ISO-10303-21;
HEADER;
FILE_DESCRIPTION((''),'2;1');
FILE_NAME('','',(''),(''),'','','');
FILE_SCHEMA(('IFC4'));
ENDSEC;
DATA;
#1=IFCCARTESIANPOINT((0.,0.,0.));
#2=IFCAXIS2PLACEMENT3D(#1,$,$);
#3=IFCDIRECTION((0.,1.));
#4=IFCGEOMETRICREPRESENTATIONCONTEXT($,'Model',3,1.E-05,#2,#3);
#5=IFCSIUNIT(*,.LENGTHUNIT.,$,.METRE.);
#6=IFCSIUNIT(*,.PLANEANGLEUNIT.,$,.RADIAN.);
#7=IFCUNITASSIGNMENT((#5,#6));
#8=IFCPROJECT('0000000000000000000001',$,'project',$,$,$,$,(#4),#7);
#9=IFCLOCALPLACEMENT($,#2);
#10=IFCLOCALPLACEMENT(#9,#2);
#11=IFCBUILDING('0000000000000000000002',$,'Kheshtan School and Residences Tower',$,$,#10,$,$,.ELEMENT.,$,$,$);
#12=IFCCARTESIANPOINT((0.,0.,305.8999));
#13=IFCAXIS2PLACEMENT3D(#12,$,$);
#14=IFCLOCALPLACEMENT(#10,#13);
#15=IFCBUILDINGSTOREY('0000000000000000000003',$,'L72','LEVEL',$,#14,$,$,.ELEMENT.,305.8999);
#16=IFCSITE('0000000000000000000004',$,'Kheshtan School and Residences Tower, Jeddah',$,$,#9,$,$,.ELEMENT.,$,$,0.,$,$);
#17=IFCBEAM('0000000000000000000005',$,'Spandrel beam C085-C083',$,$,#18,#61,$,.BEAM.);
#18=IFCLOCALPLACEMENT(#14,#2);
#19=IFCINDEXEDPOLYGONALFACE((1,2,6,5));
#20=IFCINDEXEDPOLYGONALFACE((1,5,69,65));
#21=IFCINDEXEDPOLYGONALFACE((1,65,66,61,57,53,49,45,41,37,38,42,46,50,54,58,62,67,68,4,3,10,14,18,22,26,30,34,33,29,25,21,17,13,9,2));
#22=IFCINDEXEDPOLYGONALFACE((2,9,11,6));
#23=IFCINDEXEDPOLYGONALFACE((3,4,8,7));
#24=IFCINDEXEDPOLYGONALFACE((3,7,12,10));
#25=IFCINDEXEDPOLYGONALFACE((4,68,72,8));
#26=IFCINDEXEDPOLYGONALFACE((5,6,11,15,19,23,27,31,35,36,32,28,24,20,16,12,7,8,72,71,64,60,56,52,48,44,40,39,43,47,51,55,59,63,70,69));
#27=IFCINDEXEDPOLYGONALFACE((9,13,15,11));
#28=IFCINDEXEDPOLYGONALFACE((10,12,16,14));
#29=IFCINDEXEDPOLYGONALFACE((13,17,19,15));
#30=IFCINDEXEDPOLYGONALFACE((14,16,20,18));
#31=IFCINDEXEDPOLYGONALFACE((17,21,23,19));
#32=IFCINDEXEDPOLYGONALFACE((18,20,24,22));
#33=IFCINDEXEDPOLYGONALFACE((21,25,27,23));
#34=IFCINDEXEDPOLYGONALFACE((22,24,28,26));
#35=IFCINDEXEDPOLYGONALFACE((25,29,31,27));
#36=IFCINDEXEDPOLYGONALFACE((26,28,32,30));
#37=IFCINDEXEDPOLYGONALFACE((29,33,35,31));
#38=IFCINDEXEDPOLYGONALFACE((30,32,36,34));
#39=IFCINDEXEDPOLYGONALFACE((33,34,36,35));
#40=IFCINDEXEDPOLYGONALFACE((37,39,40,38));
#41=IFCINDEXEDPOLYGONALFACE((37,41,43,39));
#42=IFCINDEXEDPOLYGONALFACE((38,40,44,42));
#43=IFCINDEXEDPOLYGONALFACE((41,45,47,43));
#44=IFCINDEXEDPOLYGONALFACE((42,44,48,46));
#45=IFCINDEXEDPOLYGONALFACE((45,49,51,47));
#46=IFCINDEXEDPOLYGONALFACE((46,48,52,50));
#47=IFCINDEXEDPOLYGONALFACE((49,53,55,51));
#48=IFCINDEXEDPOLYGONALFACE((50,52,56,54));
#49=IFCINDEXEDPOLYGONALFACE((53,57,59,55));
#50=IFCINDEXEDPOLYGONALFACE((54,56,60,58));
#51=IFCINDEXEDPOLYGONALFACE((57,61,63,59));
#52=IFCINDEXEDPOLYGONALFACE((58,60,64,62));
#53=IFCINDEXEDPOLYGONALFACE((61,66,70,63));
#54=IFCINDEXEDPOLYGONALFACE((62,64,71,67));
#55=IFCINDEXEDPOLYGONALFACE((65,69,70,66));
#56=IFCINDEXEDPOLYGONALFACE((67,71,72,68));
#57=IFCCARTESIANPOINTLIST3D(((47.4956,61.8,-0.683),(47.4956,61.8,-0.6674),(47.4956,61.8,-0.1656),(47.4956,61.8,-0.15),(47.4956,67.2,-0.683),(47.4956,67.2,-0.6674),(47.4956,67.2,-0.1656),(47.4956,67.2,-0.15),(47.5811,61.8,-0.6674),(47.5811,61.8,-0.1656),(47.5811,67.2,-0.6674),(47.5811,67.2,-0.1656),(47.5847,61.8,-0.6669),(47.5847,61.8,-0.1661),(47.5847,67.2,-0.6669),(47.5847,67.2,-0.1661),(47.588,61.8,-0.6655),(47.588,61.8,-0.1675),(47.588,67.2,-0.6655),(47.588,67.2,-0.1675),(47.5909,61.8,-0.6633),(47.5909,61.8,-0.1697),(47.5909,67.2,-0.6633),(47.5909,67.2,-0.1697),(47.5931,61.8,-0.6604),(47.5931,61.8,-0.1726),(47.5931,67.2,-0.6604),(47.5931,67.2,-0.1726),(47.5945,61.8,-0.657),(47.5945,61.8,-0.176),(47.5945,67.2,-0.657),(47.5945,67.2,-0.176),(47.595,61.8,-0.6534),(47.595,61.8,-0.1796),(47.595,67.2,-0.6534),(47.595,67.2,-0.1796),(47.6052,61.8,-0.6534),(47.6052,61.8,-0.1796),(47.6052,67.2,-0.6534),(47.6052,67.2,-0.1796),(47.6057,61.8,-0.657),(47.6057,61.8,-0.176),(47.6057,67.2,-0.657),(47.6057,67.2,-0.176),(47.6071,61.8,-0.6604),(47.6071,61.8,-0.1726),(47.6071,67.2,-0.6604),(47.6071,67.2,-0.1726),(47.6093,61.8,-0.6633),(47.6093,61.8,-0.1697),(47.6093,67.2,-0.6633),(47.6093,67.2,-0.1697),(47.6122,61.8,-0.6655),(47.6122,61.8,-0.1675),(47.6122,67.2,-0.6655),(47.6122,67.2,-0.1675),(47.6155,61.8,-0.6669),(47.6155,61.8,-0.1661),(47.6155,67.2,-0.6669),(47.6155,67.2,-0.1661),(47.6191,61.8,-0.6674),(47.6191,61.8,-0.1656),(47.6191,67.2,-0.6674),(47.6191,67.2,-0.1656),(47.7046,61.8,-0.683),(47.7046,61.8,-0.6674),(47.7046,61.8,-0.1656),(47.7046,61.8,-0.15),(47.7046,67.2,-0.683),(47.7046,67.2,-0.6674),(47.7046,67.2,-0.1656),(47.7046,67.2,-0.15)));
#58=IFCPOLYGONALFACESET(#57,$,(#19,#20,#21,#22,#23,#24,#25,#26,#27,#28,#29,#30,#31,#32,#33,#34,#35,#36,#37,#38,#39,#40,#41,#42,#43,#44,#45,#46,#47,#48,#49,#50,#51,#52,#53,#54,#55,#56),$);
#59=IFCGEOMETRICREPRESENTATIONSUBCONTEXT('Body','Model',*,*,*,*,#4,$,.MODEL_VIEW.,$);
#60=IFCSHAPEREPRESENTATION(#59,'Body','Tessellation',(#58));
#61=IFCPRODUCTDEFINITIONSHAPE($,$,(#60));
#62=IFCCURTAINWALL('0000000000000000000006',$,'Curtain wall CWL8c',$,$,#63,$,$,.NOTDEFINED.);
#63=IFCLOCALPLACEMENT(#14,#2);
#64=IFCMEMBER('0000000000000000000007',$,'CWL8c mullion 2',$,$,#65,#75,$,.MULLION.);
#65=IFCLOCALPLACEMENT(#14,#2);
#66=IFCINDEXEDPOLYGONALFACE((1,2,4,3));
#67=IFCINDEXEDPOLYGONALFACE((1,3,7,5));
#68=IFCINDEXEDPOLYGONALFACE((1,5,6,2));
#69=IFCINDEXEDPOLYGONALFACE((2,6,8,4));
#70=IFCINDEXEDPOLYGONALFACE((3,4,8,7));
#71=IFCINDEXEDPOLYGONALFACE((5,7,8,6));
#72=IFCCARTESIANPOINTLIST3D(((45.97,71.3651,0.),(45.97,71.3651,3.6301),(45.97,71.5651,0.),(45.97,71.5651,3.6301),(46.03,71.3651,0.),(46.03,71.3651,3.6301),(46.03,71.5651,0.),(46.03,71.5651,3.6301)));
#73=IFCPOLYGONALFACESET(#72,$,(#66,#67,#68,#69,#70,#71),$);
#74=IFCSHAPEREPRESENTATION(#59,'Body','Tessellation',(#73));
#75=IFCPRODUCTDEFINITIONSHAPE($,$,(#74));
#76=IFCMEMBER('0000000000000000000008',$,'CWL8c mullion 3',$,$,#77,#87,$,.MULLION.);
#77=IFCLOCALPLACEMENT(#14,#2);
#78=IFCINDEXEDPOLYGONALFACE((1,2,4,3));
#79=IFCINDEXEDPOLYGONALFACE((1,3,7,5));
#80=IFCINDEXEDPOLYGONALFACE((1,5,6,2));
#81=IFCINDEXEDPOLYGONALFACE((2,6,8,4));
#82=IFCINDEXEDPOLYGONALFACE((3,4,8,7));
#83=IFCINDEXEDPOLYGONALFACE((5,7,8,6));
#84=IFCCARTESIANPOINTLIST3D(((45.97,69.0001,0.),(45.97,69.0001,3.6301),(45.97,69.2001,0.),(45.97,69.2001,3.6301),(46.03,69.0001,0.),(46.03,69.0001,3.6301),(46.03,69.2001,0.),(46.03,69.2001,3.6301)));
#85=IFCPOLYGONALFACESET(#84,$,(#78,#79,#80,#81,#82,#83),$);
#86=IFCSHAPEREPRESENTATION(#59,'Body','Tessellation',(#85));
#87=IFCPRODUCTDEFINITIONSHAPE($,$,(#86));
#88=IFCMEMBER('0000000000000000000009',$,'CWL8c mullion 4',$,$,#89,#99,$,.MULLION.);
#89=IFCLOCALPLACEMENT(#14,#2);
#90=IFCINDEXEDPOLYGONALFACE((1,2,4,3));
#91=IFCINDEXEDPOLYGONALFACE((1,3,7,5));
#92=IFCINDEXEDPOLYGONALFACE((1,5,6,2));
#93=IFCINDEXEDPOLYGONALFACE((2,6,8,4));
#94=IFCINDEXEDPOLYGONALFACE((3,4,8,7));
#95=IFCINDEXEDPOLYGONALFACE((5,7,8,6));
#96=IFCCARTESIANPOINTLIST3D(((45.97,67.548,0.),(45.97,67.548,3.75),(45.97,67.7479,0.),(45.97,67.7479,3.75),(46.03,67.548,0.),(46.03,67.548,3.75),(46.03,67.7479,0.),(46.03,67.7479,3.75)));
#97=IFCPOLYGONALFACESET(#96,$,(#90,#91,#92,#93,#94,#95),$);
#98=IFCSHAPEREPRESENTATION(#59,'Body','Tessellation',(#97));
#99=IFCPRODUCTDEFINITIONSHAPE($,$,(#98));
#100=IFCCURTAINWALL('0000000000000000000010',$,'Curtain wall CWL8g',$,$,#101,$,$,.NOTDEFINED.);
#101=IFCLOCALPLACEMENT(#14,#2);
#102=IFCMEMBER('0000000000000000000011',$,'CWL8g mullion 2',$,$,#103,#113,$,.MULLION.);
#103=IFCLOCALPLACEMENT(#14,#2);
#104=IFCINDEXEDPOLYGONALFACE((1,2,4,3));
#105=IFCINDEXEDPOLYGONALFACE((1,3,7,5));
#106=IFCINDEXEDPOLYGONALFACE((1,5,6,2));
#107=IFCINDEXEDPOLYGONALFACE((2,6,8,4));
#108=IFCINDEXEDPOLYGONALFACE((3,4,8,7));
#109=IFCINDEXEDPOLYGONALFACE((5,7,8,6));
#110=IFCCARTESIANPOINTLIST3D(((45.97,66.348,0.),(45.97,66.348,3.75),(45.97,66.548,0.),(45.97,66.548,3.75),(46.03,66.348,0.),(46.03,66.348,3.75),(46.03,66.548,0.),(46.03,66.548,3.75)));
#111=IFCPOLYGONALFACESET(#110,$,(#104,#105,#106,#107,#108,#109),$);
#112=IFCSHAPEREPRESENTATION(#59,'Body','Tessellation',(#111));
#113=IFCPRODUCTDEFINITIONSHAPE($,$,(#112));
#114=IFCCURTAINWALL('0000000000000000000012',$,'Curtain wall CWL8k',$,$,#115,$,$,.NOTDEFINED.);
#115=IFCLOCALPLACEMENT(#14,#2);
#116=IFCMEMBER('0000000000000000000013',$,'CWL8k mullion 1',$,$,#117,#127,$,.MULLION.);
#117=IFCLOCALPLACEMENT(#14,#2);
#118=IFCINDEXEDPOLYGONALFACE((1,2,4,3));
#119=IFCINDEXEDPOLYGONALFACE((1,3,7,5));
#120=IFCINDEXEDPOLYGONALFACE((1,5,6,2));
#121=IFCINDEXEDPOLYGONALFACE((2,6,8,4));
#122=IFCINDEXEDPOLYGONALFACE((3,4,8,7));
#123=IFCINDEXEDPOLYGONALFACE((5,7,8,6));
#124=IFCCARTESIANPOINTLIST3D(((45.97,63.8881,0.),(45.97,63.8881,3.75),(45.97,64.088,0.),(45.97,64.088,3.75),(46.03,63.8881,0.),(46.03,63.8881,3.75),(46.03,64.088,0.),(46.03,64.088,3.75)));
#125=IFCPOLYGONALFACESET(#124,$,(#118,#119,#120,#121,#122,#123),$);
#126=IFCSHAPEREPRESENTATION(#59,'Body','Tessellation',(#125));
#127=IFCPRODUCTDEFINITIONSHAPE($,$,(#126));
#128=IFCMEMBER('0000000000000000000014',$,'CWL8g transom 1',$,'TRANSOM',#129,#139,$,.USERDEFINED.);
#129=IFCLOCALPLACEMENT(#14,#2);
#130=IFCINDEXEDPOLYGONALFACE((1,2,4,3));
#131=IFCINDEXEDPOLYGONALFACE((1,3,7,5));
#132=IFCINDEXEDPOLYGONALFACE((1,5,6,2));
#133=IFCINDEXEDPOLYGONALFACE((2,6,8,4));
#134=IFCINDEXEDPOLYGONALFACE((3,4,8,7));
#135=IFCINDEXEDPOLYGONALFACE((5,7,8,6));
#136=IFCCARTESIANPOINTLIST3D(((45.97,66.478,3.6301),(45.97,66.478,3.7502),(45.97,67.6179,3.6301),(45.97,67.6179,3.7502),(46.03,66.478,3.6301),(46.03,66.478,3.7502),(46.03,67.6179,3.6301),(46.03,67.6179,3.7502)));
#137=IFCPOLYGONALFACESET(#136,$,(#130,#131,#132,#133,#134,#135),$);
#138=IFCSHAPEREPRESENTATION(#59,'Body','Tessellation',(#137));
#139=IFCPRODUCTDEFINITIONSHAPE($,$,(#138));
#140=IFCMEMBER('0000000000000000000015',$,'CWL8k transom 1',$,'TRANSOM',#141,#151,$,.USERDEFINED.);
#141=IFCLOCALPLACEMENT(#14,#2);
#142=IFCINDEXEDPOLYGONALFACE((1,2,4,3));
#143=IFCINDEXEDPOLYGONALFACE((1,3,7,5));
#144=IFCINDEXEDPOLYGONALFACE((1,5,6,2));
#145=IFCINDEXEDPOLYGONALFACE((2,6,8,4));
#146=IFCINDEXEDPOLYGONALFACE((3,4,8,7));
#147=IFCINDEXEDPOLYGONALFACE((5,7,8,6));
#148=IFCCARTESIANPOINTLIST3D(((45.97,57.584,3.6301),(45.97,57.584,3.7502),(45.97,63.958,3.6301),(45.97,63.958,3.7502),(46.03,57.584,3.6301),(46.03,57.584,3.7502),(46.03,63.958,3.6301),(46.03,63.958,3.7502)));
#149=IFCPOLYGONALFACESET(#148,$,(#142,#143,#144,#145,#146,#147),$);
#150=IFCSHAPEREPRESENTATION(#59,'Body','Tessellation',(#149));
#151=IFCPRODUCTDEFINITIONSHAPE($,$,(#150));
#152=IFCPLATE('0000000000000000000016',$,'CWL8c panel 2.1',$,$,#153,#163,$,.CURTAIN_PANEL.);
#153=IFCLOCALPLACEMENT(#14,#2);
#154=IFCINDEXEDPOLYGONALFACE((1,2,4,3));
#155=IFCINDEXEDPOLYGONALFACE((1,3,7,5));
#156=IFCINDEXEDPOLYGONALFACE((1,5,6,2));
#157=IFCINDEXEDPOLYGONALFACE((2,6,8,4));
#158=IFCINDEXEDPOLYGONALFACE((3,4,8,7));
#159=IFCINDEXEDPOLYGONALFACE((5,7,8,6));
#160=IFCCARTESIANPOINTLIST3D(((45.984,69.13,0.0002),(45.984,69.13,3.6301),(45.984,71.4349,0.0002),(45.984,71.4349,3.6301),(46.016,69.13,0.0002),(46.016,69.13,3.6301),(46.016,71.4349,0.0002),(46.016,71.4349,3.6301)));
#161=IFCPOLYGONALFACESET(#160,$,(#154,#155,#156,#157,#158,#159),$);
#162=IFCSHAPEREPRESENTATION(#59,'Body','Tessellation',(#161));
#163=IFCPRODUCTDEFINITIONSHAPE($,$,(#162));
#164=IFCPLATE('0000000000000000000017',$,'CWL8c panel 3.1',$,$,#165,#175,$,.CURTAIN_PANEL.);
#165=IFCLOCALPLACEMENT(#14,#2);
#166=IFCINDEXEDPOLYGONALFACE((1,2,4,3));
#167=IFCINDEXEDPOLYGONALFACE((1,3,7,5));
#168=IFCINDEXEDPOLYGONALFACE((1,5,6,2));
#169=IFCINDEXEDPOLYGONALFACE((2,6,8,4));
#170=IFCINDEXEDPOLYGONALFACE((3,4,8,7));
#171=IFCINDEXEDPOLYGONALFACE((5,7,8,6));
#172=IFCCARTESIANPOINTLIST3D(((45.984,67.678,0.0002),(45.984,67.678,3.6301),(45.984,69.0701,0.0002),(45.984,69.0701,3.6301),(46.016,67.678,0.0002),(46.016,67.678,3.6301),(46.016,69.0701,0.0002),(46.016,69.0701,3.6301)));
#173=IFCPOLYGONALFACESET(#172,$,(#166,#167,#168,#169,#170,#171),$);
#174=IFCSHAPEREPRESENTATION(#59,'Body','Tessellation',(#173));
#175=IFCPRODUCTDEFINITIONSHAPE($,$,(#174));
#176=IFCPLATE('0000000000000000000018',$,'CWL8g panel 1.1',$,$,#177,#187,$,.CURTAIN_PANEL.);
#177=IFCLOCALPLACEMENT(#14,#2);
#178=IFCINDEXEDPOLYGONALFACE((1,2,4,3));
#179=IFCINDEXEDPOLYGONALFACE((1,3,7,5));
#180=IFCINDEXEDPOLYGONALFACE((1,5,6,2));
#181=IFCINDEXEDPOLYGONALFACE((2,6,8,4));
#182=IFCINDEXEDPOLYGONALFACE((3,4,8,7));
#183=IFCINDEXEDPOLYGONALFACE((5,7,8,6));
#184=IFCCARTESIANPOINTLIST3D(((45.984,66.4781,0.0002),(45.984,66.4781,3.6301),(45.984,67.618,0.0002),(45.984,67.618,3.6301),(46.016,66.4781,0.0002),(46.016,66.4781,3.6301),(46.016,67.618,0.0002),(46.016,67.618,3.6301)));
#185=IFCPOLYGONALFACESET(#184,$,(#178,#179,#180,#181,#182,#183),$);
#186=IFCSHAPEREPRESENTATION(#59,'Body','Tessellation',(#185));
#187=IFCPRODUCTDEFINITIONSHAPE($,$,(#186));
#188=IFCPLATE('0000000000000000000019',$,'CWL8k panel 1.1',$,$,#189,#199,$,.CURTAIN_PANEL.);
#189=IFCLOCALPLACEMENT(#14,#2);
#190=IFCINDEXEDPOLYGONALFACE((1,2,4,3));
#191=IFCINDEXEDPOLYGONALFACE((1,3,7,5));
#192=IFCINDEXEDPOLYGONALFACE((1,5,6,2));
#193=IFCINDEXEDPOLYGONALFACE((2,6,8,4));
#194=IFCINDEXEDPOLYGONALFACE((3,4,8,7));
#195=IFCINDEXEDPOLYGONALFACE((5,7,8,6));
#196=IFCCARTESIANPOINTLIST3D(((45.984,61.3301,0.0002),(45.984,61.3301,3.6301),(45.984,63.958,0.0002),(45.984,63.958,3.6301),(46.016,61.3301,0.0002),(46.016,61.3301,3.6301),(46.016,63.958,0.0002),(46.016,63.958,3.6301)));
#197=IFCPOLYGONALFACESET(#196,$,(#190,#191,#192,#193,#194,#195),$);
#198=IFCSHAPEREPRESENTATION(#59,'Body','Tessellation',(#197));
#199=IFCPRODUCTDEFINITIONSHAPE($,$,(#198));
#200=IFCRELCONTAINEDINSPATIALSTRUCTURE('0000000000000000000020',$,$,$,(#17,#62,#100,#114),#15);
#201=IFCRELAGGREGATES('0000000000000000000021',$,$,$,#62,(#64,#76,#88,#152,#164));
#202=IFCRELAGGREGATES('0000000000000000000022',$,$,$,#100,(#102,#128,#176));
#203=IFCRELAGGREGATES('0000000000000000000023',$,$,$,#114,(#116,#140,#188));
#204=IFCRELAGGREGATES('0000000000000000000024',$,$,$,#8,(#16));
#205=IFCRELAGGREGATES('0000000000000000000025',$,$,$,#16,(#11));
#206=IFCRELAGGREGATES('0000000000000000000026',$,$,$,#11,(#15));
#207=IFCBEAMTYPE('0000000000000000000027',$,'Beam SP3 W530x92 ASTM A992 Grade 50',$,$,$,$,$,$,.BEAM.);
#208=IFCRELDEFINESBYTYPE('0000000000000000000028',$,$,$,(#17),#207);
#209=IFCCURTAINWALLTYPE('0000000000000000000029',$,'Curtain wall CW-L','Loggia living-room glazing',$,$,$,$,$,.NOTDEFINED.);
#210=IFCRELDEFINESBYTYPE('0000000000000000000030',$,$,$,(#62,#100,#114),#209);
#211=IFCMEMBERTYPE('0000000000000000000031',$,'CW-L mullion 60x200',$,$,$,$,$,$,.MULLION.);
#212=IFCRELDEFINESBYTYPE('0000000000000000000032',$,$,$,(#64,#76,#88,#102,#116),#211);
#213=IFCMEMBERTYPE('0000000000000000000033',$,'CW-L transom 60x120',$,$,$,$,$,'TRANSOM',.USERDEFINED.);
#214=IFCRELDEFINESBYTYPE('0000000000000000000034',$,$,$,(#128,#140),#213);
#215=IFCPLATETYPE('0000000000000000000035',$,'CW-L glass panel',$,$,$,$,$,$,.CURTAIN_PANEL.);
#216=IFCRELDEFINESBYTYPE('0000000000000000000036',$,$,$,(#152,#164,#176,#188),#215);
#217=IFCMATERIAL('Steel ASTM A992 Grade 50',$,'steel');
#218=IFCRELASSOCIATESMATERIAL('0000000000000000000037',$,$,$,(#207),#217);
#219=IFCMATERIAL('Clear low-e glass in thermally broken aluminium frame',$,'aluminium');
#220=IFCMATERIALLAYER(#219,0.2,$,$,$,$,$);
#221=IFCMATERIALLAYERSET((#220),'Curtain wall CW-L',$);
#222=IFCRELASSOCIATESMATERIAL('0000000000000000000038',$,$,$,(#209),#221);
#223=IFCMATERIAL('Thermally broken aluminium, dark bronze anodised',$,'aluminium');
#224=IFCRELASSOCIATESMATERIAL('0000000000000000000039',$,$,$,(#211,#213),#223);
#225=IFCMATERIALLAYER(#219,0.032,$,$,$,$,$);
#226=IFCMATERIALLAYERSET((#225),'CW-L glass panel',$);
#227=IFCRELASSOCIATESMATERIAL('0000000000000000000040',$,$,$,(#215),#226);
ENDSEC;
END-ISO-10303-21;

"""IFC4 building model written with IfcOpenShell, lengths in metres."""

from ifc_helpers import new_model, si_unit, direction, frame, origin, origin_2d, place, context, subcontext, project, spatial, rectangle, i_section, extrude, material, layer, layer_set, material_profile, profile_set, type_object, element, aggregate, save


model = new_model("IFC4")

# Units and contexts
model_context = context("Model", 3, precision=1e-05, world=origin(), true_north=direction((0.0, 1.0)))
body_context = subcontext(model_context, "Body", "Model", "MODEL_VIEW")
ifc_project = project(units=[si_unit("LENGTHUNIT", "METRE"), si_unit("PLANEANGLEUNIT", "RADIAN")], contexts=[model_context])

# Site, building, storey
site_placement = place(None, origin())
site = spatial("IfcSite", under=ifc_project, at=site_placement, Name="Kheshtan School and Residences Tower, Jeddah", CompositionType="ELEMENT", RefElevation=0.0)
building_placement = place(site_placement, origin())
building = spatial("IfcBuilding", under=site, at=building_placement, Name="Kheshtan School and Residences Tower", CompositionType="ELEMENT")
storey_placement = place(building_placement, frame((0.0, 0.0, 305.8999)))
storey = spatial("IfcBuildingStorey", under=building, at=storey_placement, Name="L72", Description="LEVEL", CompositionType="ELEMENT", Elevation=305.8999)

# Shared definitions
ifc_material_1 = material(Name="Steel ASTM A992 Grade 50", Category="steel")

# Beam
ifc_material_profile_1 = material_profile(ifc_material_1, i_section(OverallWidth=0.209, OverallDepth=0.533, WebThickness=0.0103, FlangeThickness=0.0156, FilletRadius=0.0139, at=origin_2d()), Name="W530x92")
ifc_profile_set_1 = profile_set([ifc_material_profile_1], Name="Steel ASTM A992 Grade 50")
beam_type_1 = type_object("IfcBeamType", Name="Beam SP3 W530x92 ASTM A992 Grade 50", PredefinedType="BEAM", material=ifc_profile_set_1)
beam_1_placement = place(storey_placement, frame((47.6001, 67.2, -0.4165), z_axis=(0.0, -1.0, 0.0), x_axis=(1.0, 0.0, 0.0)))
element("IfcBeam", 1, at=beam_1_placement, inside=storey, type_object=beam_type_1, Name="Spandrel beam C085-C083", PredefinedType="BEAM", context=body_context, shape_type="SweptSolid", body=[
    extrude(i_section(OverallWidth=0.209, OverallDepth=0.533, WebThickness=0.0103, FlangeThickness=0.0156, FilletRadius=0.0139, at=origin_2d()), origin(), (0.0, 0.0, 1.0), 5.3999),
])

# Curtain wall, members
ifc_material_2 = material(Name="Clear low-e glass in thermally broken aluminium frame", Category="aluminium")
ifc_layer_1 = layer(ifc_material_2, 0.2)
ifc_layer_set_1 = layer_set([ifc_layer_1], Name="Curtain wall CW-L")
curtain_wall_type = type_object("IfcCurtainWallType", Name="Curtain wall CW-L", Description="Loggia living-room glazing", PredefinedType="NOTDEFINED", material=ifc_layer_set_1)
curtain_wall_1_placement = place(storey_placement, origin())
curtain_wall_1 = element("IfcCurtainWall", 2, at=curtain_wall_1_placement, inside=storey, type_object=curtain_wall_type, Name="Curtain wall CWL8c", PredefinedType="NOTDEFINED")
ifc_material_3 = material(Name="Thermally broken aluminium, dark bronze anodised", Category="aluminium")
ifc_material_profile_2 = material_profile(ifc_material_3, rectangle(XDim=0.0601, YDim=0.2, at=origin_2d()), Name="CW-L mullion 60x200")
ifc_profile_set_2 = profile_set([ifc_material_profile_2], Name="Thermally broken aluminium, dark bronze anodised")
member_type_1 = type_object("IfcMemberType", Name="CW-L mullion 60x200", PredefinedType="MULLION", material=ifc_profile_set_2)
member_1_placement = place(storey_placement, frame((46.0, 71.4651, 0.0), z_axis=(0.0, 0.0, 1.0), x_axis=(1.0, 0.0, 0.0)))
member_1 = element("IfcMember", 3, at=member_1_placement, type_object=member_type_1, Name="CWL8c mullion 2", PredefinedType="MULLION", context=body_context, shape_type="SweptSolid", body=[
    extrude(rectangle(XDim=0.0601, YDim=0.2, at=origin_2d()), origin(), (0.0, 0.0, 1.0), 3.6301),
])
member_2_placement = place(storey_placement, frame((46.0, 69.1001, 0.0), z_axis=(0.0, 0.0, 1.0), x_axis=(1.0, 0.0, 0.0)))
member_2 = element("IfcMember", 4, at=member_2_placement, type_object=member_type_1, Name="CWL8c mullion 3", PredefinedType="MULLION", context=body_context, shape_type="SweptSolid", body=[
    extrude(rectangle(XDim=0.0601, YDim=0.2, at=origin_2d()), origin(), (0.0, 0.0, 1.0), 3.6301),
])
member_3_placement = place(storey_placement, frame((46.0, 67.6479, 0.0), z_axis=(0.0, 0.0, 1.0), x_axis=(1.0, 0.0, 0.0)))
member_3 = element("IfcMember", 5, at=member_3_placement, type_object=member_type_1, Name="CWL8c mullion 4", PredefinedType="MULLION", context=body_context, shape_type="SweptSolid", body=[
    extrude(rectangle(XDim=0.0601, YDim=0.2, at=origin_2d()), origin(), (0.0, 0.0, 1.0), 3.75),
])

# Curtain walls, members
curtain_wall_2_placement = place(storey_placement, origin())
curtain_wall_2 = element("IfcCurtainWall", 6, at=curtain_wall_2_placement, inside=storey, type_object=curtain_wall_type, Name="Curtain wall CWL8g", PredefinedType="NOTDEFINED")
member_4_placement = place(storey_placement, frame((46.0, 66.448, 0.0), z_axis=(0.0, 0.0, 1.0), x_axis=(1.0, 0.0, 0.0)))
member_4 = element("IfcMember", 7, at=member_4_placement, type_object=member_type_1, Name="CWL8g mullion 2", PredefinedType="MULLION", context=body_context, shape_type="SweptSolid", body=[
    extrude(rectangle(XDim=0.0601, YDim=0.2, at=origin_2d()), origin(), (0.0, 0.0, 1.0), 3.75),
])
curtain_wall_3_placement = place(storey_placement, origin())
curtain_wall_3 = element("IfcCurtainWall", 8, at=curtain_wall_3_placement, inside=storey, type_object=curtain_wall_type, Name="Curtain wall CWL8k", PredefinedType="NOTDEFINED")
member_5_placement = place(storey_placement, frame((46.0, 63.988, 0.0), z_axis=(0.0, 0.0, 1.0), x_axis=(1.0, 0.0, 0.0)))
member_5 = element("IfcMember", 9, at=member_5_placement, type_object=member_type_1, Name="CWL8k mullion 1", PredefinedType="MULLION", context=body_context, shape_type="SweptSolid", body=[
    extrude(rectangle(XDim=0.0601, YDim=0.2, at=origin_2d()), origin(), (0.0, 0.0, 1.0), 3.75),
])

# Members
ifc_material_profile_3 = material_profile(ifc_material_3, rectangle(XDim=0.0601, YDim=0.1201, at=origin_2d()), Name="CW-L transom 60x120")
ifc_profile_set_3 = profile_set([ifc_material_profile_3], Name="Thermally broken aluminium, dark bronze anodised")
member_type_2 = type_object("IfcMemberType", Name="CW-L transom 60x120", ElementType="TRANSOM", PredefinedType="USERDEFINED", material=ifc_profile_set_3)
member_6_placement = place(storey_placement, frame((46.0, 67.6179, 3.6902), z_axis=(0.0, -1.0, 0.0), x_axis=(1.0, 0.0, 0.0)))
member_6 = element("IfcMember", 10, at=member_6_placement, type_object=member_type_2, Name="CWL8g transom 1", ObjectType="TRANSOM", PredefinedType="USERDEFINED", context=body_context, shape_type="SweptSolid", body=[
    extrude(rectangle(XDim=0.0601, YDim=0.1201, at=origin_2d()), origin(), (0.0, 0.0, 1.0), 1.1399),
])
member_7_placement = place(storey_placement, frame((46.0, 63.958, 3.6902), z_axis=(0.0, -1.0, 0.0), x_axis=(1.0, 0.0, 0.0)))
member_7 = element("IfcMember", 11, at=member_7_placement, type_object=member_type_2, Name="CWL8k transom 1", ObjectType="TRANSOM", PredefinedType="USERDEFINED", context=body_context, shape_type="SweptSolid", body=[
    extrude(rectangle(XDim=0.0601, YDim=0.1201, at=origin_2d()), origin(), (0.0, 0.0, 1.0), 6.374),
])

# Plates
ifc_layer_2 = layer(ifc_material_2, 0.032)
ifc_layer_set_2 = layer_set([ifc_layer_2], Name="CW-L glass panel")
plate_type = type_object("IfcPlateType", Name="CW-L glass panel", PredefinedType="CURTAIN_PANEL", material=ifc_layer_set_2)
plate_1_placement = place(storey_placement, frame((46.0, 70.2825, 0.0002), z_axis=(0.0, 0.0, 1.0), x_axis=(0.0, -1.0, 0.0)))
plate_1 = element("IfcPlate", 12, at=plate_1_placement, type_object=plate_type, Name="CWL8c panel 2.1", PredefinedType="CURTAIN_PANEL", context=body_context, shape_type="SweptSolid", body=[
    extrude(rectangle(XDim=2.3049, YDim=0.032, at=origin_2d()), origin(), (0.0, 0.0, 1.0), 3.6299),
])
plate_2_placement = place(storey_placement, frame((46.0, 68.374, 0.0002), z_axis=(0.0, 0.0, 1.0), x_axis=(0.0, -1.0, 0.0)))
plate_2 = element("IfcPlate", 13, at=plate_2_placement, type_object=plate_type, Name="CWL8c panel 3.1", PredefinedType="CURTAIN_PANEL", context=body_context, shape_type="SweptSolid", body=[
    extrude(rectangle(XDim=1.3921, YDim=0.032, at=origin_2d()), origin(), (0.0, 0.0, 1.0), 3.6299),
])
aggregate(curtain_wall_1, [member_1, member_2, member_3, plate_1, plate_2])
plate_3_placement = place(storey_placement, frame((46.0, 67.0481, 0.0002), z_axis=(0.0, 0.0, 1.0), x_axis=(0.0, -1.0, 0.0)))
plate_3 = element("IfcPlate", 14, at=plate_3_placement, type_object=plate_type, Name="CWL8g panel 1.1", PredefinedType="CURTAIN_PANEL", context=body_context, shape_type="SweptSolid", body=[
    extrude(rectangle(XDim=1.1399, YDim=0.032, at=origin_2d()), origin(), (0.0, 0.0, 1.0), 3.6299),
])
aggregate(curtain_wall_2, [member_4, member_6, plate_3])
plate_4_placement = place(storey_placement, frame((46.0, 62.644, 0.0002), z_axis=(0.0, 0.0, 1.0), x_axis=(0.0, -1.0, 0.0)))
plate_4 = element("IfcPlate", 15, at=plate_4_placement, type_object=plate_type, Name="CWL8k panel 1.1", PredefinedType="CURTAIN_PANEL", context=body_context, shape_type="SweptSolid", body=[
    extrude(rectangle(XDim=2.6279, YDim=0.032, at=origin_2d()), origin(), (0.0, 0.0, 1.0), 3.6299),
])
aggregate(curtain_wall_3, [member_5, member_7, plate_4])

save(model, "model.ifc")
